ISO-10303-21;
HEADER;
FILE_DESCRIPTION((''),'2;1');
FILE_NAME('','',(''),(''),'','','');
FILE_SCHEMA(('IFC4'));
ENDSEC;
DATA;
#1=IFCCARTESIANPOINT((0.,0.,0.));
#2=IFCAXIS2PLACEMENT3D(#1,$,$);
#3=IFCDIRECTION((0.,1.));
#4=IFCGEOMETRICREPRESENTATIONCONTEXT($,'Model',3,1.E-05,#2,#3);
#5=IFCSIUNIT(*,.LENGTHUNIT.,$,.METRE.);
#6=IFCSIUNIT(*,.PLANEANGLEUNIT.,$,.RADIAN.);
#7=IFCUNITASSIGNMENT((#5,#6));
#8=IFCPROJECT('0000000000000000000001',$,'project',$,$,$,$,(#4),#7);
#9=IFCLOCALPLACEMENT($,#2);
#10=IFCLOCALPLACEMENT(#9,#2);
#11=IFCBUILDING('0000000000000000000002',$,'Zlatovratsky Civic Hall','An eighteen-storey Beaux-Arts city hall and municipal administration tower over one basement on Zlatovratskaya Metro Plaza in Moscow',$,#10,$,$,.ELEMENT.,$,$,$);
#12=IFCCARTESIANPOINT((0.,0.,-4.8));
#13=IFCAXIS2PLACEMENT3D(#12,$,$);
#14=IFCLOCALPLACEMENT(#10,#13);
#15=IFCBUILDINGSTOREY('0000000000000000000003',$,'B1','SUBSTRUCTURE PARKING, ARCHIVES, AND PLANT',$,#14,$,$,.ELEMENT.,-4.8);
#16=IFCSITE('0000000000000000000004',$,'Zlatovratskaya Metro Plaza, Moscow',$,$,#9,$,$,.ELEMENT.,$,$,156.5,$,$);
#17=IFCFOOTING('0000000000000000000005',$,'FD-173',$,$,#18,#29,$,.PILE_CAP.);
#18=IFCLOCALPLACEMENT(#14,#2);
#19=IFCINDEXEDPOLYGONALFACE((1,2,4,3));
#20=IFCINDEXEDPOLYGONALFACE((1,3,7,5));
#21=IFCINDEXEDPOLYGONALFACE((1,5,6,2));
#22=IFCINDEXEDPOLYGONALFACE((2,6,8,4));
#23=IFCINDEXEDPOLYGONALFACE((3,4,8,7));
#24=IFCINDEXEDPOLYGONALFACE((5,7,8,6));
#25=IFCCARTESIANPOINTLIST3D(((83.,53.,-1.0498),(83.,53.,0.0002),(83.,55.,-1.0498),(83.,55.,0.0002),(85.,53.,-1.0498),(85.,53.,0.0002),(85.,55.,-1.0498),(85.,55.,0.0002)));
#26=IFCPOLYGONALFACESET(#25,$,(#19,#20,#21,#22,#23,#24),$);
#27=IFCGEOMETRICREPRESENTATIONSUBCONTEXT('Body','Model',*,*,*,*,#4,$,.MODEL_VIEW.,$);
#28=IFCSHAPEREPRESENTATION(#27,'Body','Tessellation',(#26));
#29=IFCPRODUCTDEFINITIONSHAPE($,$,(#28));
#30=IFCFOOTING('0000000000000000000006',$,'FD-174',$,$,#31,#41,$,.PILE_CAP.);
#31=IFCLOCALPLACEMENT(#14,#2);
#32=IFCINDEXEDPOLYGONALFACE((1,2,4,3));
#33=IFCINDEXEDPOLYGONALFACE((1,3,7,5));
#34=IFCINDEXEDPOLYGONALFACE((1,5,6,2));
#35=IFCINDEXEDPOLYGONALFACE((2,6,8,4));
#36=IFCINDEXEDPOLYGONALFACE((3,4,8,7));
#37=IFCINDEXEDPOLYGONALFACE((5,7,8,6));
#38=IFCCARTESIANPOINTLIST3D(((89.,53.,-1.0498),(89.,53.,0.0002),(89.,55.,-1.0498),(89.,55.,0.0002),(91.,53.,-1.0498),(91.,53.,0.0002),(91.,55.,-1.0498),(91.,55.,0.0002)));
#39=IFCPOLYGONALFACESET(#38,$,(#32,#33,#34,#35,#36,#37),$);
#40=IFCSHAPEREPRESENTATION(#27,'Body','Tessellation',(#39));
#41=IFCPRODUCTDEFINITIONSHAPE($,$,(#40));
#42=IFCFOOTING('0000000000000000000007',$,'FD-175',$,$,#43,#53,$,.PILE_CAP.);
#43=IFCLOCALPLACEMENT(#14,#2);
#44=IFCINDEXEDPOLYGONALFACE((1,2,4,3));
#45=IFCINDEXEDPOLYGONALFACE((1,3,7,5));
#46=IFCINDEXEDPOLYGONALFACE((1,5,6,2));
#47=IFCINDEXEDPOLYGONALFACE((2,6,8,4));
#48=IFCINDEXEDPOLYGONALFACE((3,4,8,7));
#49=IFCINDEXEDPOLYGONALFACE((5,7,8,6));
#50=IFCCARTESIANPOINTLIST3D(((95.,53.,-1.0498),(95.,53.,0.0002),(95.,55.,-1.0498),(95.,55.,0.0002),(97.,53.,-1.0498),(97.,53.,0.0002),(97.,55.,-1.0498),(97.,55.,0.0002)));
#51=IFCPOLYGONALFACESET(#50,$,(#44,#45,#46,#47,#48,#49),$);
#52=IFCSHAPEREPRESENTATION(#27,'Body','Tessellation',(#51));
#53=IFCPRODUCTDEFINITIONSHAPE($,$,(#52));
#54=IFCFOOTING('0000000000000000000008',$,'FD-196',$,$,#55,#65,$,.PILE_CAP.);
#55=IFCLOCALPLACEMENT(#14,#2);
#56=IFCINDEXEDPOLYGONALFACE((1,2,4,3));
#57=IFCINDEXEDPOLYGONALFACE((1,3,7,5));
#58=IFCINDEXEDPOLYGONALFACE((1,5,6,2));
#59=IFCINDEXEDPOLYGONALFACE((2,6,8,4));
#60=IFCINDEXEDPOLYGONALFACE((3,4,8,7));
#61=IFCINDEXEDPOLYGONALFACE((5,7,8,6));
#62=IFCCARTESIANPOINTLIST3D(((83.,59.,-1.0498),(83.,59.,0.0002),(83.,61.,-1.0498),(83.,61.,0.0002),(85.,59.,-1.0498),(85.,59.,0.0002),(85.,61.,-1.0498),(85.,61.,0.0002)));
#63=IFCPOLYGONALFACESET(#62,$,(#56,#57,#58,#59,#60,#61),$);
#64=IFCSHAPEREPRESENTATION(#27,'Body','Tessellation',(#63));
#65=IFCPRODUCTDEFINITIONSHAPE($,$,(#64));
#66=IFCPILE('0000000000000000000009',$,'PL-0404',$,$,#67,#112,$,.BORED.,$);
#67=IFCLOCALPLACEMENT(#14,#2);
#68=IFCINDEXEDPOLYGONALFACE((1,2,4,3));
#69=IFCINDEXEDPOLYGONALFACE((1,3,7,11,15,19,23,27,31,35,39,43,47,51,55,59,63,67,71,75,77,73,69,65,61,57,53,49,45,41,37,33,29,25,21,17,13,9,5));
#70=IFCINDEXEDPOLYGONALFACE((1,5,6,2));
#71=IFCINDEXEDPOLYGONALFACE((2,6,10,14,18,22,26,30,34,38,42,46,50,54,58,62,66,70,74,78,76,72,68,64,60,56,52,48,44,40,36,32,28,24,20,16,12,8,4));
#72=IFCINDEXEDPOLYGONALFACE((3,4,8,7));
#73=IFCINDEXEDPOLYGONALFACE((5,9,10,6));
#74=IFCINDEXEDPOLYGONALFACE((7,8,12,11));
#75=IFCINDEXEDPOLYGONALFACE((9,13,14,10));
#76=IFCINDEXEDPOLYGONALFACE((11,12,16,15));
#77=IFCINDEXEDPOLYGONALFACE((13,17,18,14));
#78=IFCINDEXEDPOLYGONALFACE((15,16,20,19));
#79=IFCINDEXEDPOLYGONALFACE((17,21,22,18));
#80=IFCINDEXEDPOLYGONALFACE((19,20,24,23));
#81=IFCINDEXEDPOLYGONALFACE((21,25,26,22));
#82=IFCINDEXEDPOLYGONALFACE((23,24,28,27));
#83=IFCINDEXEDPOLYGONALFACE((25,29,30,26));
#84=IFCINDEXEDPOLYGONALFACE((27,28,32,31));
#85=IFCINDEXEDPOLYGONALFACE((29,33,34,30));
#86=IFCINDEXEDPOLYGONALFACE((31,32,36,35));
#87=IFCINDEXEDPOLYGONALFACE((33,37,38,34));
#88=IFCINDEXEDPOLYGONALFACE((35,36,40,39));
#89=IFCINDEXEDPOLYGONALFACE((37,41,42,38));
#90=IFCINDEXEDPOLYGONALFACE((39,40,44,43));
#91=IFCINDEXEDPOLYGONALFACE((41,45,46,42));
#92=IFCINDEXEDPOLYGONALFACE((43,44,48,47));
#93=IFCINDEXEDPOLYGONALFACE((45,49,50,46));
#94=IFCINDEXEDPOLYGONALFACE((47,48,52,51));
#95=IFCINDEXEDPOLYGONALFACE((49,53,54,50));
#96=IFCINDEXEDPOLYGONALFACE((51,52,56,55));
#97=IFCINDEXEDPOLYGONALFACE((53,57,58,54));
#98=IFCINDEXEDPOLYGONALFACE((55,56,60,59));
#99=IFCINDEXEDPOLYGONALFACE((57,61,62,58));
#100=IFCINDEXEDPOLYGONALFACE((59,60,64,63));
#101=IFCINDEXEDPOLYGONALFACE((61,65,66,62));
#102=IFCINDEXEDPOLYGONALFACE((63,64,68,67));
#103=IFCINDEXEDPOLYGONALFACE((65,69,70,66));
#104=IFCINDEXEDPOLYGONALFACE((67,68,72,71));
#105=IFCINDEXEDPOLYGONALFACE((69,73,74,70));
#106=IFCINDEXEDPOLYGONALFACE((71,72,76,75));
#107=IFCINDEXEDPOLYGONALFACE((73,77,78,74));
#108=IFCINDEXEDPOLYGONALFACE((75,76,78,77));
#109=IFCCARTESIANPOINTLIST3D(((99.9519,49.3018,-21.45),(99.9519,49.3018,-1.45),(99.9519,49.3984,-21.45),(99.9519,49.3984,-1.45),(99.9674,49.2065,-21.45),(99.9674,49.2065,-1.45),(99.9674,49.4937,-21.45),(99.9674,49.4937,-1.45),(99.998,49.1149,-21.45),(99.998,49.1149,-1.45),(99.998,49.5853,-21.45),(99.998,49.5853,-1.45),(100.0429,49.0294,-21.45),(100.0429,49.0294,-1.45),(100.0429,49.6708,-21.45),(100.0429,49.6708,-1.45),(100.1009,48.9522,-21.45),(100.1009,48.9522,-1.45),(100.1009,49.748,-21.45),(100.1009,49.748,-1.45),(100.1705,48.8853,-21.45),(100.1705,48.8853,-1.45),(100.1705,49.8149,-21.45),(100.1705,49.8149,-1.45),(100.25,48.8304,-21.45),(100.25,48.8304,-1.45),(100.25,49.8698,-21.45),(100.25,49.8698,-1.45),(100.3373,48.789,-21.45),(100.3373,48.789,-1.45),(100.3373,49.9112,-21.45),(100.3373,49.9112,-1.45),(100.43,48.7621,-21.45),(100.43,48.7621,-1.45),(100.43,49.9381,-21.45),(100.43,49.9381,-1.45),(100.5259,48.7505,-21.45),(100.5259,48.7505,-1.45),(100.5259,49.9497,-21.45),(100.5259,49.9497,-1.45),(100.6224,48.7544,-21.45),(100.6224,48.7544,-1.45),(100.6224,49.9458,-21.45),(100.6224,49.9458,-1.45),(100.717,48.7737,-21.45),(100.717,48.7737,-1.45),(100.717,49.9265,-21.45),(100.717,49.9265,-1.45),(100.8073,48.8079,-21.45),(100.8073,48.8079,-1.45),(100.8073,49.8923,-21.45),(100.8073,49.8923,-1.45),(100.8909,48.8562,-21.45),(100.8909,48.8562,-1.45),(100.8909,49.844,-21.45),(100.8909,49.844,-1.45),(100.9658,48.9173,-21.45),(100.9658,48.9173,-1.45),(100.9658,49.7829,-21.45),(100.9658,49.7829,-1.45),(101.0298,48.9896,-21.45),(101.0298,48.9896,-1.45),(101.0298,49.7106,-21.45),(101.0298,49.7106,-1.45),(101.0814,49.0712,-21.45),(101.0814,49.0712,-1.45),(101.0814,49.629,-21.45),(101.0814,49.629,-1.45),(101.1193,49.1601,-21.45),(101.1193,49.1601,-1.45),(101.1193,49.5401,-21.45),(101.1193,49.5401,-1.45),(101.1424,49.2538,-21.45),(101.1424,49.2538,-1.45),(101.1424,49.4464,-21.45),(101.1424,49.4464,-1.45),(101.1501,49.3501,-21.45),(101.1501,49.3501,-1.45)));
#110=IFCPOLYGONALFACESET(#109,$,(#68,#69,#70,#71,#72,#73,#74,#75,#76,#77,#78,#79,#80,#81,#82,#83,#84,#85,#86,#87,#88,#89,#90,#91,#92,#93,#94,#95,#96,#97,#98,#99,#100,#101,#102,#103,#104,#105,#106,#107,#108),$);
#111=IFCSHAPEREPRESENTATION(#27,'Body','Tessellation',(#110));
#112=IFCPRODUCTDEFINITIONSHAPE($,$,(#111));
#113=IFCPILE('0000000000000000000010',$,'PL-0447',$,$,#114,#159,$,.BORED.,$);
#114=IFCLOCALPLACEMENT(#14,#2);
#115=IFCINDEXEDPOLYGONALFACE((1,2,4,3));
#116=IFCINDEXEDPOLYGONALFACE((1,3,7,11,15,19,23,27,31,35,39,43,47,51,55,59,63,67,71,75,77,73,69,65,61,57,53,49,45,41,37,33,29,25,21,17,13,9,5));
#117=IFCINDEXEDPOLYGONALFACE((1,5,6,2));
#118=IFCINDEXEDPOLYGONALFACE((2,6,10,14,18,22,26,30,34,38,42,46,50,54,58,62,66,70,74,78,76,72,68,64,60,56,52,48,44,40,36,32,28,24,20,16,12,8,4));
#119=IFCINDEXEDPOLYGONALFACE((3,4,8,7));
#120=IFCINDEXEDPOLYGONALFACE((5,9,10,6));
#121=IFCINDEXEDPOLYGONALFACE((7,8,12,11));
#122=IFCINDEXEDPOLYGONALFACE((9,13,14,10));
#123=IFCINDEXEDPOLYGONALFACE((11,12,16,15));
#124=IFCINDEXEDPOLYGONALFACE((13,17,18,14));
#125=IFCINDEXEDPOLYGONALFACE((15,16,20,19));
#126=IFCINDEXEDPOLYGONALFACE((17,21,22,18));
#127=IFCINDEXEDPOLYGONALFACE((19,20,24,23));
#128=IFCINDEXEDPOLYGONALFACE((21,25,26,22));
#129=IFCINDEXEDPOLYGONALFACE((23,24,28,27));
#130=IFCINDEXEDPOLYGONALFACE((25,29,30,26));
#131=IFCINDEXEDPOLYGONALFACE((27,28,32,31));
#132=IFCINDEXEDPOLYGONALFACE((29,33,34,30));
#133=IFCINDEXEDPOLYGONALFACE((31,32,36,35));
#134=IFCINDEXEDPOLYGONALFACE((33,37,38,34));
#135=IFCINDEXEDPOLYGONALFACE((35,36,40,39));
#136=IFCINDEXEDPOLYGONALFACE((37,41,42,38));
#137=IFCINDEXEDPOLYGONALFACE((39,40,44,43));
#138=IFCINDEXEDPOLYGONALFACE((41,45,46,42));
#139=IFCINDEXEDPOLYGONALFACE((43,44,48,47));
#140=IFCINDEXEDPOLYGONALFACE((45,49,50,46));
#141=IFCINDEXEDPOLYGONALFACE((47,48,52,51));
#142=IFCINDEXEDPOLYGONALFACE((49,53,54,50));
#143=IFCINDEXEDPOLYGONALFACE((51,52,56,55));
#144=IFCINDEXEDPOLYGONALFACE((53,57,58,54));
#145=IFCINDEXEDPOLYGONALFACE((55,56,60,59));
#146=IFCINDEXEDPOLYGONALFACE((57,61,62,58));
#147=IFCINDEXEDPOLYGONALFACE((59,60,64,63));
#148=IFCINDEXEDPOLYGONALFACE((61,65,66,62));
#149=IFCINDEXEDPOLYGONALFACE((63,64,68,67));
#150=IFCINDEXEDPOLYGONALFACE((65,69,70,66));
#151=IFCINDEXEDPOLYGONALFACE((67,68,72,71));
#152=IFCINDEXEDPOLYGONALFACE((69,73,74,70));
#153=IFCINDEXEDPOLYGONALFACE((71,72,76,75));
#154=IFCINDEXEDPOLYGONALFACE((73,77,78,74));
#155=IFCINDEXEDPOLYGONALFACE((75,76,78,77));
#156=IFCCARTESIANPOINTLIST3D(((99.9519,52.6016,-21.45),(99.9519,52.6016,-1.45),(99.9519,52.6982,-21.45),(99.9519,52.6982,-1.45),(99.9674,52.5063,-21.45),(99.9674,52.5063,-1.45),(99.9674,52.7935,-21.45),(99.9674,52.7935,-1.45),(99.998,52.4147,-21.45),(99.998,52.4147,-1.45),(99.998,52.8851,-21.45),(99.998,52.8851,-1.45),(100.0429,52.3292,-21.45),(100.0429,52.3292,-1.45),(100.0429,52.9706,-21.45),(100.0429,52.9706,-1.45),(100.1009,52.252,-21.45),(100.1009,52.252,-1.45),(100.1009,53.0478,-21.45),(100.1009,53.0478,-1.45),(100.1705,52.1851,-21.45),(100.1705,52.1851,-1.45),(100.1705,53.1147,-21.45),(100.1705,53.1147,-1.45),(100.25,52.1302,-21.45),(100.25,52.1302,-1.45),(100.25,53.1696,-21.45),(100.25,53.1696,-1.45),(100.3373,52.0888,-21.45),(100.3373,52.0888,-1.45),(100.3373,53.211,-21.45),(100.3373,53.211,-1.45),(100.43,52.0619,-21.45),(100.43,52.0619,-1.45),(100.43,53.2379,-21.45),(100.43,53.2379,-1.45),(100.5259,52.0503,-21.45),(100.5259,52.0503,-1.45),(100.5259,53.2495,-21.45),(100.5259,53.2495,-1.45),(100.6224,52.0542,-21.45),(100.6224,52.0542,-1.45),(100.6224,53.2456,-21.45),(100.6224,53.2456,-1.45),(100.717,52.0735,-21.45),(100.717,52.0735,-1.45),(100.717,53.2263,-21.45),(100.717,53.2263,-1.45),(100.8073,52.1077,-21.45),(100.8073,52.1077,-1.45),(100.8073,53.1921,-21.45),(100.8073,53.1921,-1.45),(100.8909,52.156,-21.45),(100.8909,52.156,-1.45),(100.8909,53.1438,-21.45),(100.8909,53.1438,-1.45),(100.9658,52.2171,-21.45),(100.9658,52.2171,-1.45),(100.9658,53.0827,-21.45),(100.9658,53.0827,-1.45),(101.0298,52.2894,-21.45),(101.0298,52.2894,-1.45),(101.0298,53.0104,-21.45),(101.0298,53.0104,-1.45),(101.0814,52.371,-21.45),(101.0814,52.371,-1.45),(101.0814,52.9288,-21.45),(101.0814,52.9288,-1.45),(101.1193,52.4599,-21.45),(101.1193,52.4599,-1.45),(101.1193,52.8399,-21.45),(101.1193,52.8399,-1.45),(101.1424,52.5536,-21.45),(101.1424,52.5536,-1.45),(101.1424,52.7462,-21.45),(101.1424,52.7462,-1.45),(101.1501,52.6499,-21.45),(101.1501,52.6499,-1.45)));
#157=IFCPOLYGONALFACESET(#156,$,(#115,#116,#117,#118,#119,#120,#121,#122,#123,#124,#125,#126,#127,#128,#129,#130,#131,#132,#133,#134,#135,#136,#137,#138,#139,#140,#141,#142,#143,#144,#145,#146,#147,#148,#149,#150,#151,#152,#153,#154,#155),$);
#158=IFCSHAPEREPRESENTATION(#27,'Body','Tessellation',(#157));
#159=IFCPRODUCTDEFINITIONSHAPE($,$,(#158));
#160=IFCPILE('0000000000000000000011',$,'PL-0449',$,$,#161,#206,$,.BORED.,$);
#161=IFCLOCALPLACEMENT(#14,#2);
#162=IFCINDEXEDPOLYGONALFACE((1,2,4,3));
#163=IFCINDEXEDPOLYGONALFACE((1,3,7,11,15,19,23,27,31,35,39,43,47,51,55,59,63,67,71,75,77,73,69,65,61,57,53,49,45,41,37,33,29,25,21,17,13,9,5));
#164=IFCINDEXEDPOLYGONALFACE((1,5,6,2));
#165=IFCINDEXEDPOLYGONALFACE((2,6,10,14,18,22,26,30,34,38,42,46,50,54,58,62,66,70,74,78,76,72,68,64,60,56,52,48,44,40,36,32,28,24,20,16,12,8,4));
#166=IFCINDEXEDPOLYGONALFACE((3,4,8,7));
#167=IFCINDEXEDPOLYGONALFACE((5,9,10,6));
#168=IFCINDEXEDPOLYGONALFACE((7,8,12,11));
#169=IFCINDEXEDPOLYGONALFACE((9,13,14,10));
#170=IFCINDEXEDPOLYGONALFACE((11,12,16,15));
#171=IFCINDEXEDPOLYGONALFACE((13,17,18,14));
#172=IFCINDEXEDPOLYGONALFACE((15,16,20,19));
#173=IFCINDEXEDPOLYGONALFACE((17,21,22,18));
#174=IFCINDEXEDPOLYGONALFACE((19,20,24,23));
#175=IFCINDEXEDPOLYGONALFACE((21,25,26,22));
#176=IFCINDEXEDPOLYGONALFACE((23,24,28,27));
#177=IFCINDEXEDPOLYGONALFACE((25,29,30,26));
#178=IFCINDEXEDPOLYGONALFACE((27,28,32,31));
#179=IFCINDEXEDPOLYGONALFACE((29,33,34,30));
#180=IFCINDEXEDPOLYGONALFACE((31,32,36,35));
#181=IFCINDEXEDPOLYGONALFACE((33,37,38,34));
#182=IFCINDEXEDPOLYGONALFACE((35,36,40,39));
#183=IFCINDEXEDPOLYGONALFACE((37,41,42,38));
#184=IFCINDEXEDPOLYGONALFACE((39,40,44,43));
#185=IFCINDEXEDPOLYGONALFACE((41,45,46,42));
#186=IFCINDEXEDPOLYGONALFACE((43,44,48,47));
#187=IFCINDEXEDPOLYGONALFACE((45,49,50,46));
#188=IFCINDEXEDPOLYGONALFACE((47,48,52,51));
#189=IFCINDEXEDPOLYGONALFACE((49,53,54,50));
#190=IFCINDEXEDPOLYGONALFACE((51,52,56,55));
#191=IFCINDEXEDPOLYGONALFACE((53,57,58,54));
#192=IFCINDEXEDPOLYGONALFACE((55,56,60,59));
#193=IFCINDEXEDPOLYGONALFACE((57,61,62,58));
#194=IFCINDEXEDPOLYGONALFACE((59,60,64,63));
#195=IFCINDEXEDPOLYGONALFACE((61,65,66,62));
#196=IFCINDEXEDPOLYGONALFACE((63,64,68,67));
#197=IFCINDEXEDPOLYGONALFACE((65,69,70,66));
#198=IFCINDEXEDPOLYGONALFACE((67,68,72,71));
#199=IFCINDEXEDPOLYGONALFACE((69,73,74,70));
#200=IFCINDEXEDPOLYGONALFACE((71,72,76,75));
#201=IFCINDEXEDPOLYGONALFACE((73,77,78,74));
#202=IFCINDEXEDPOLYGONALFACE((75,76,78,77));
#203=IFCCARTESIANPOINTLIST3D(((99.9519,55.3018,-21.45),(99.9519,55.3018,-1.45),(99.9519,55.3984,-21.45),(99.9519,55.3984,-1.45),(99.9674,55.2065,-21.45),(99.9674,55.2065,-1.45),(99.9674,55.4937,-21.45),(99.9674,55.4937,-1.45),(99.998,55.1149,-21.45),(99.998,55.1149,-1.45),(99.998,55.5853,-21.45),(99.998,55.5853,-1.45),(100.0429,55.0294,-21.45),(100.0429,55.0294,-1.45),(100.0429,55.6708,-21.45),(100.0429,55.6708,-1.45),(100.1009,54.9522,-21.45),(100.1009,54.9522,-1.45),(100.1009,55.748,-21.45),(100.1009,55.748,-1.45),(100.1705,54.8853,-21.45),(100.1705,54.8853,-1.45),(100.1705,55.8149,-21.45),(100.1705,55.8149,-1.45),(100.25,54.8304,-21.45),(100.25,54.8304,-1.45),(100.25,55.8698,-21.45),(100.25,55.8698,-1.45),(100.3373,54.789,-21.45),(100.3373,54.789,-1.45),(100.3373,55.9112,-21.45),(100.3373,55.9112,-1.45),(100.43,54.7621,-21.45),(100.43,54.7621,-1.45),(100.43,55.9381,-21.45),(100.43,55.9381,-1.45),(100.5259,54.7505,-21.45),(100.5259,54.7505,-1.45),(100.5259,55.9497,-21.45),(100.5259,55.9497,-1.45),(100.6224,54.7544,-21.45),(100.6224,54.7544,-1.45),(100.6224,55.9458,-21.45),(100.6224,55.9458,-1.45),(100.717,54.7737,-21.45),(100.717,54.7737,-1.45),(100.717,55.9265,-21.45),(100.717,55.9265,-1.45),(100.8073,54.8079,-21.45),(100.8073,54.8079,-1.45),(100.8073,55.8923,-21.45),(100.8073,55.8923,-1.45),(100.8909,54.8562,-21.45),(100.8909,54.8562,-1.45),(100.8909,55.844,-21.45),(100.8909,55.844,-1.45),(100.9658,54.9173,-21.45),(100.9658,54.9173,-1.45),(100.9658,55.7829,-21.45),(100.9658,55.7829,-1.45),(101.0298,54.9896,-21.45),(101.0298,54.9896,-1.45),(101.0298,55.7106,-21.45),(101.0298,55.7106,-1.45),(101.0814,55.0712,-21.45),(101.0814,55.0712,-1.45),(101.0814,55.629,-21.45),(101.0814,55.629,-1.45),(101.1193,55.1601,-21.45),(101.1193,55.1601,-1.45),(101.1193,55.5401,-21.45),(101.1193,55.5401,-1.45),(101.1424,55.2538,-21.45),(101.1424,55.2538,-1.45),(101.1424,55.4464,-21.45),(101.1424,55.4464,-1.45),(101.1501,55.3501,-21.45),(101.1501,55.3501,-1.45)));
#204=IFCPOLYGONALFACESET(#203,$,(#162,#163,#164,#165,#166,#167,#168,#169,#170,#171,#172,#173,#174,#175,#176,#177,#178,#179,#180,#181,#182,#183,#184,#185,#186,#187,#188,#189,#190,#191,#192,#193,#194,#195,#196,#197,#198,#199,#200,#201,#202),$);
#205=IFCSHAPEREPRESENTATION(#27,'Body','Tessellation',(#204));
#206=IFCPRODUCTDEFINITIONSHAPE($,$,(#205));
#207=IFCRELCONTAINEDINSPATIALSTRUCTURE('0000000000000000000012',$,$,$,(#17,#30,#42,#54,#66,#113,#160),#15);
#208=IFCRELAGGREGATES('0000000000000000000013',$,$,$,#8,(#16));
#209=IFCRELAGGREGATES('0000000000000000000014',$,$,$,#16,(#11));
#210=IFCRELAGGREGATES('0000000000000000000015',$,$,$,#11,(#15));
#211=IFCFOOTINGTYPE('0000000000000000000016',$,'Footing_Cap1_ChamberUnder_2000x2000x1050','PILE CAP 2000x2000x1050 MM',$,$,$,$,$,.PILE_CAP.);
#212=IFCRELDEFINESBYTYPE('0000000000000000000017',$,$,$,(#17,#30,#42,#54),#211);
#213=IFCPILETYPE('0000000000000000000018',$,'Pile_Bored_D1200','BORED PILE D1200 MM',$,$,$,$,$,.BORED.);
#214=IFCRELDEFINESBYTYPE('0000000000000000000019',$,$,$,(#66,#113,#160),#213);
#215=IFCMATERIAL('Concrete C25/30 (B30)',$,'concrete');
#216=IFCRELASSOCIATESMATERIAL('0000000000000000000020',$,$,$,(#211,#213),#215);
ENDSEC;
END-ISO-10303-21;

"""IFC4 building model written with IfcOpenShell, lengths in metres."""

from ifc_helpers import new_model, si_unit, direction, frame, origin, origin_2d, place, context, subcontext, project, spatial, rectangle, circle, extrude, material, material_profile, profile_set, type_object, element, save


model = new_model("IFC4")

# Units and contexts
model_context = context("Model", 3, precision=1e-05, world=origin(), true_north=direction((0.0, 1.0)))
body_context = subcontext(model_context, "Body", "Model", "MODEL_VIEW")
ifc_project = project(units=[si_unit("LENGTHUNIT", "METRE"), si_unit("PLANEANGLEUNIT", "RADIAN")], contexts=[model_context])

# Site, building, storey
site_placement = place(None, origin())
site = spatial("IfcSite", under=ifc_project, at=site_placement, Name="Zlatovratskaya Metro Plaza, Moscow", CompositionType="ELEMENT", RefElevation=156.5)
building_placement = place(site_placement, origin())
building = spatial("IfcBuilding", under=site, at=building_placement, Name="Zlatovratsky Civic Hall", Description="An eighteen-storey Beaux-Arts city hall and municipal administration tower over one basement on Zlatovratskaya Metro Plaza in Moscow", CompositionType="ELEMENT")
storey_placement = place(building_placement, frame((0.0, 0.0, -4.8)))
storey = spatial("IfcBuildingStorey", under=building, at=storey_placement, Name="B1", Description="SUBSTRUCTURE PARKING, ARCHIVES, AND PLANT", CompositionType="ELEMENT", Elevation=-4.8)

# Footings
ifc_material_1 = material(Name="Concrete C25/30 (B30)", Category="concrete")
footing_type = type_object("IfcFootingType", Name="Footing_Cap1_ChamberUnder_2000x2000x1050", Description="PILE CAP 2000x2000x1050 MM", PredefinedType="PILE_CAP", material=ifc_material_1)
for number, where, z_axis, x_axis, name in (
    (1, (84.0, 54.0, -1.0498), (0.0, 0.0, 1.0), (1.0, 0.0, 0.0), "FD-173"),
    (2, (90.0, 54.0, -1.0498), (0.0, 0.0, 1.0), (1.0, 0.0, 0.0), "FD-174"),
    (3, (96.0, 54.0, -1.0498), (0.0, 0.0, 1.0), (1.0, 0.0, 0.0), "FD-175"),
    (4, (84.0, 60.0, -1.0498), (0.0, 0.0, 1.0), (1.0, 0.0, 0.0), "FD-196"),
):
    element("IfcFooting", number, at=place(storey_placement, frame(where, z_axis=z_axis, x_axis=x_axis)), inside=storey, type_object=footing_type, Name=name, PredefinedType="PILE_CAP", context=body_context, shape_type="SweptSolid", body=[
        extrude(rectangle(XDim=2.0, YDim=2.0, at=origin_2d()), origin(), (0.0, 0.0, 1.0), 1.05),
    ])

# Piles
ifc_material_profile_1 = material_profile(ifc_material_1, circle(Radius=0.6001, at=origin_2d()), Name="PILE D1200")
ifc_profile_set_1 = profile_set([ifc_material_profile_1], Name="Concrete C25/30 (B30)")
pile_type_1 = type_object("IfcPileType", Name="Pile_Bored_D1200", Description="BORED PILE D1200 MM", PredefinedType="BORED", material=ifc_profile_set_1)
for number, where, z_axis, x_axis, name in (
    (5, (100.55, 49.3501, -1.45), (0.0, 0.0, -1.0), (1.0, 0.0, 0.0), "PL-0404"),
    (6, (100.55, 52.6499, -1.45), (0.0, 0.0, -1.0), (1.0, 0.0, 0.0), "PL-0447"),
    (7, (100.55, 55.3501, -1.45), (0.0, 0.0, -1.0), (1.0, 0.0, 0.0), "PL-0449"),
):
    element("IfcPile", number, at=place(storey_placement, frame(where, z_axis=z_axis, x_axis=x_axis)), inside=storey, type_object=pile_type_1, Name=name, PredefinedType="BORED", context=body_context, shape_type="SweptSolid", body=[
        extrude(circle(Radius=0.6001, at=origin_2d()), origin(), (0.0, 0.0, 1.0), 20.0),
    ])

save(model, "model.ifc")
